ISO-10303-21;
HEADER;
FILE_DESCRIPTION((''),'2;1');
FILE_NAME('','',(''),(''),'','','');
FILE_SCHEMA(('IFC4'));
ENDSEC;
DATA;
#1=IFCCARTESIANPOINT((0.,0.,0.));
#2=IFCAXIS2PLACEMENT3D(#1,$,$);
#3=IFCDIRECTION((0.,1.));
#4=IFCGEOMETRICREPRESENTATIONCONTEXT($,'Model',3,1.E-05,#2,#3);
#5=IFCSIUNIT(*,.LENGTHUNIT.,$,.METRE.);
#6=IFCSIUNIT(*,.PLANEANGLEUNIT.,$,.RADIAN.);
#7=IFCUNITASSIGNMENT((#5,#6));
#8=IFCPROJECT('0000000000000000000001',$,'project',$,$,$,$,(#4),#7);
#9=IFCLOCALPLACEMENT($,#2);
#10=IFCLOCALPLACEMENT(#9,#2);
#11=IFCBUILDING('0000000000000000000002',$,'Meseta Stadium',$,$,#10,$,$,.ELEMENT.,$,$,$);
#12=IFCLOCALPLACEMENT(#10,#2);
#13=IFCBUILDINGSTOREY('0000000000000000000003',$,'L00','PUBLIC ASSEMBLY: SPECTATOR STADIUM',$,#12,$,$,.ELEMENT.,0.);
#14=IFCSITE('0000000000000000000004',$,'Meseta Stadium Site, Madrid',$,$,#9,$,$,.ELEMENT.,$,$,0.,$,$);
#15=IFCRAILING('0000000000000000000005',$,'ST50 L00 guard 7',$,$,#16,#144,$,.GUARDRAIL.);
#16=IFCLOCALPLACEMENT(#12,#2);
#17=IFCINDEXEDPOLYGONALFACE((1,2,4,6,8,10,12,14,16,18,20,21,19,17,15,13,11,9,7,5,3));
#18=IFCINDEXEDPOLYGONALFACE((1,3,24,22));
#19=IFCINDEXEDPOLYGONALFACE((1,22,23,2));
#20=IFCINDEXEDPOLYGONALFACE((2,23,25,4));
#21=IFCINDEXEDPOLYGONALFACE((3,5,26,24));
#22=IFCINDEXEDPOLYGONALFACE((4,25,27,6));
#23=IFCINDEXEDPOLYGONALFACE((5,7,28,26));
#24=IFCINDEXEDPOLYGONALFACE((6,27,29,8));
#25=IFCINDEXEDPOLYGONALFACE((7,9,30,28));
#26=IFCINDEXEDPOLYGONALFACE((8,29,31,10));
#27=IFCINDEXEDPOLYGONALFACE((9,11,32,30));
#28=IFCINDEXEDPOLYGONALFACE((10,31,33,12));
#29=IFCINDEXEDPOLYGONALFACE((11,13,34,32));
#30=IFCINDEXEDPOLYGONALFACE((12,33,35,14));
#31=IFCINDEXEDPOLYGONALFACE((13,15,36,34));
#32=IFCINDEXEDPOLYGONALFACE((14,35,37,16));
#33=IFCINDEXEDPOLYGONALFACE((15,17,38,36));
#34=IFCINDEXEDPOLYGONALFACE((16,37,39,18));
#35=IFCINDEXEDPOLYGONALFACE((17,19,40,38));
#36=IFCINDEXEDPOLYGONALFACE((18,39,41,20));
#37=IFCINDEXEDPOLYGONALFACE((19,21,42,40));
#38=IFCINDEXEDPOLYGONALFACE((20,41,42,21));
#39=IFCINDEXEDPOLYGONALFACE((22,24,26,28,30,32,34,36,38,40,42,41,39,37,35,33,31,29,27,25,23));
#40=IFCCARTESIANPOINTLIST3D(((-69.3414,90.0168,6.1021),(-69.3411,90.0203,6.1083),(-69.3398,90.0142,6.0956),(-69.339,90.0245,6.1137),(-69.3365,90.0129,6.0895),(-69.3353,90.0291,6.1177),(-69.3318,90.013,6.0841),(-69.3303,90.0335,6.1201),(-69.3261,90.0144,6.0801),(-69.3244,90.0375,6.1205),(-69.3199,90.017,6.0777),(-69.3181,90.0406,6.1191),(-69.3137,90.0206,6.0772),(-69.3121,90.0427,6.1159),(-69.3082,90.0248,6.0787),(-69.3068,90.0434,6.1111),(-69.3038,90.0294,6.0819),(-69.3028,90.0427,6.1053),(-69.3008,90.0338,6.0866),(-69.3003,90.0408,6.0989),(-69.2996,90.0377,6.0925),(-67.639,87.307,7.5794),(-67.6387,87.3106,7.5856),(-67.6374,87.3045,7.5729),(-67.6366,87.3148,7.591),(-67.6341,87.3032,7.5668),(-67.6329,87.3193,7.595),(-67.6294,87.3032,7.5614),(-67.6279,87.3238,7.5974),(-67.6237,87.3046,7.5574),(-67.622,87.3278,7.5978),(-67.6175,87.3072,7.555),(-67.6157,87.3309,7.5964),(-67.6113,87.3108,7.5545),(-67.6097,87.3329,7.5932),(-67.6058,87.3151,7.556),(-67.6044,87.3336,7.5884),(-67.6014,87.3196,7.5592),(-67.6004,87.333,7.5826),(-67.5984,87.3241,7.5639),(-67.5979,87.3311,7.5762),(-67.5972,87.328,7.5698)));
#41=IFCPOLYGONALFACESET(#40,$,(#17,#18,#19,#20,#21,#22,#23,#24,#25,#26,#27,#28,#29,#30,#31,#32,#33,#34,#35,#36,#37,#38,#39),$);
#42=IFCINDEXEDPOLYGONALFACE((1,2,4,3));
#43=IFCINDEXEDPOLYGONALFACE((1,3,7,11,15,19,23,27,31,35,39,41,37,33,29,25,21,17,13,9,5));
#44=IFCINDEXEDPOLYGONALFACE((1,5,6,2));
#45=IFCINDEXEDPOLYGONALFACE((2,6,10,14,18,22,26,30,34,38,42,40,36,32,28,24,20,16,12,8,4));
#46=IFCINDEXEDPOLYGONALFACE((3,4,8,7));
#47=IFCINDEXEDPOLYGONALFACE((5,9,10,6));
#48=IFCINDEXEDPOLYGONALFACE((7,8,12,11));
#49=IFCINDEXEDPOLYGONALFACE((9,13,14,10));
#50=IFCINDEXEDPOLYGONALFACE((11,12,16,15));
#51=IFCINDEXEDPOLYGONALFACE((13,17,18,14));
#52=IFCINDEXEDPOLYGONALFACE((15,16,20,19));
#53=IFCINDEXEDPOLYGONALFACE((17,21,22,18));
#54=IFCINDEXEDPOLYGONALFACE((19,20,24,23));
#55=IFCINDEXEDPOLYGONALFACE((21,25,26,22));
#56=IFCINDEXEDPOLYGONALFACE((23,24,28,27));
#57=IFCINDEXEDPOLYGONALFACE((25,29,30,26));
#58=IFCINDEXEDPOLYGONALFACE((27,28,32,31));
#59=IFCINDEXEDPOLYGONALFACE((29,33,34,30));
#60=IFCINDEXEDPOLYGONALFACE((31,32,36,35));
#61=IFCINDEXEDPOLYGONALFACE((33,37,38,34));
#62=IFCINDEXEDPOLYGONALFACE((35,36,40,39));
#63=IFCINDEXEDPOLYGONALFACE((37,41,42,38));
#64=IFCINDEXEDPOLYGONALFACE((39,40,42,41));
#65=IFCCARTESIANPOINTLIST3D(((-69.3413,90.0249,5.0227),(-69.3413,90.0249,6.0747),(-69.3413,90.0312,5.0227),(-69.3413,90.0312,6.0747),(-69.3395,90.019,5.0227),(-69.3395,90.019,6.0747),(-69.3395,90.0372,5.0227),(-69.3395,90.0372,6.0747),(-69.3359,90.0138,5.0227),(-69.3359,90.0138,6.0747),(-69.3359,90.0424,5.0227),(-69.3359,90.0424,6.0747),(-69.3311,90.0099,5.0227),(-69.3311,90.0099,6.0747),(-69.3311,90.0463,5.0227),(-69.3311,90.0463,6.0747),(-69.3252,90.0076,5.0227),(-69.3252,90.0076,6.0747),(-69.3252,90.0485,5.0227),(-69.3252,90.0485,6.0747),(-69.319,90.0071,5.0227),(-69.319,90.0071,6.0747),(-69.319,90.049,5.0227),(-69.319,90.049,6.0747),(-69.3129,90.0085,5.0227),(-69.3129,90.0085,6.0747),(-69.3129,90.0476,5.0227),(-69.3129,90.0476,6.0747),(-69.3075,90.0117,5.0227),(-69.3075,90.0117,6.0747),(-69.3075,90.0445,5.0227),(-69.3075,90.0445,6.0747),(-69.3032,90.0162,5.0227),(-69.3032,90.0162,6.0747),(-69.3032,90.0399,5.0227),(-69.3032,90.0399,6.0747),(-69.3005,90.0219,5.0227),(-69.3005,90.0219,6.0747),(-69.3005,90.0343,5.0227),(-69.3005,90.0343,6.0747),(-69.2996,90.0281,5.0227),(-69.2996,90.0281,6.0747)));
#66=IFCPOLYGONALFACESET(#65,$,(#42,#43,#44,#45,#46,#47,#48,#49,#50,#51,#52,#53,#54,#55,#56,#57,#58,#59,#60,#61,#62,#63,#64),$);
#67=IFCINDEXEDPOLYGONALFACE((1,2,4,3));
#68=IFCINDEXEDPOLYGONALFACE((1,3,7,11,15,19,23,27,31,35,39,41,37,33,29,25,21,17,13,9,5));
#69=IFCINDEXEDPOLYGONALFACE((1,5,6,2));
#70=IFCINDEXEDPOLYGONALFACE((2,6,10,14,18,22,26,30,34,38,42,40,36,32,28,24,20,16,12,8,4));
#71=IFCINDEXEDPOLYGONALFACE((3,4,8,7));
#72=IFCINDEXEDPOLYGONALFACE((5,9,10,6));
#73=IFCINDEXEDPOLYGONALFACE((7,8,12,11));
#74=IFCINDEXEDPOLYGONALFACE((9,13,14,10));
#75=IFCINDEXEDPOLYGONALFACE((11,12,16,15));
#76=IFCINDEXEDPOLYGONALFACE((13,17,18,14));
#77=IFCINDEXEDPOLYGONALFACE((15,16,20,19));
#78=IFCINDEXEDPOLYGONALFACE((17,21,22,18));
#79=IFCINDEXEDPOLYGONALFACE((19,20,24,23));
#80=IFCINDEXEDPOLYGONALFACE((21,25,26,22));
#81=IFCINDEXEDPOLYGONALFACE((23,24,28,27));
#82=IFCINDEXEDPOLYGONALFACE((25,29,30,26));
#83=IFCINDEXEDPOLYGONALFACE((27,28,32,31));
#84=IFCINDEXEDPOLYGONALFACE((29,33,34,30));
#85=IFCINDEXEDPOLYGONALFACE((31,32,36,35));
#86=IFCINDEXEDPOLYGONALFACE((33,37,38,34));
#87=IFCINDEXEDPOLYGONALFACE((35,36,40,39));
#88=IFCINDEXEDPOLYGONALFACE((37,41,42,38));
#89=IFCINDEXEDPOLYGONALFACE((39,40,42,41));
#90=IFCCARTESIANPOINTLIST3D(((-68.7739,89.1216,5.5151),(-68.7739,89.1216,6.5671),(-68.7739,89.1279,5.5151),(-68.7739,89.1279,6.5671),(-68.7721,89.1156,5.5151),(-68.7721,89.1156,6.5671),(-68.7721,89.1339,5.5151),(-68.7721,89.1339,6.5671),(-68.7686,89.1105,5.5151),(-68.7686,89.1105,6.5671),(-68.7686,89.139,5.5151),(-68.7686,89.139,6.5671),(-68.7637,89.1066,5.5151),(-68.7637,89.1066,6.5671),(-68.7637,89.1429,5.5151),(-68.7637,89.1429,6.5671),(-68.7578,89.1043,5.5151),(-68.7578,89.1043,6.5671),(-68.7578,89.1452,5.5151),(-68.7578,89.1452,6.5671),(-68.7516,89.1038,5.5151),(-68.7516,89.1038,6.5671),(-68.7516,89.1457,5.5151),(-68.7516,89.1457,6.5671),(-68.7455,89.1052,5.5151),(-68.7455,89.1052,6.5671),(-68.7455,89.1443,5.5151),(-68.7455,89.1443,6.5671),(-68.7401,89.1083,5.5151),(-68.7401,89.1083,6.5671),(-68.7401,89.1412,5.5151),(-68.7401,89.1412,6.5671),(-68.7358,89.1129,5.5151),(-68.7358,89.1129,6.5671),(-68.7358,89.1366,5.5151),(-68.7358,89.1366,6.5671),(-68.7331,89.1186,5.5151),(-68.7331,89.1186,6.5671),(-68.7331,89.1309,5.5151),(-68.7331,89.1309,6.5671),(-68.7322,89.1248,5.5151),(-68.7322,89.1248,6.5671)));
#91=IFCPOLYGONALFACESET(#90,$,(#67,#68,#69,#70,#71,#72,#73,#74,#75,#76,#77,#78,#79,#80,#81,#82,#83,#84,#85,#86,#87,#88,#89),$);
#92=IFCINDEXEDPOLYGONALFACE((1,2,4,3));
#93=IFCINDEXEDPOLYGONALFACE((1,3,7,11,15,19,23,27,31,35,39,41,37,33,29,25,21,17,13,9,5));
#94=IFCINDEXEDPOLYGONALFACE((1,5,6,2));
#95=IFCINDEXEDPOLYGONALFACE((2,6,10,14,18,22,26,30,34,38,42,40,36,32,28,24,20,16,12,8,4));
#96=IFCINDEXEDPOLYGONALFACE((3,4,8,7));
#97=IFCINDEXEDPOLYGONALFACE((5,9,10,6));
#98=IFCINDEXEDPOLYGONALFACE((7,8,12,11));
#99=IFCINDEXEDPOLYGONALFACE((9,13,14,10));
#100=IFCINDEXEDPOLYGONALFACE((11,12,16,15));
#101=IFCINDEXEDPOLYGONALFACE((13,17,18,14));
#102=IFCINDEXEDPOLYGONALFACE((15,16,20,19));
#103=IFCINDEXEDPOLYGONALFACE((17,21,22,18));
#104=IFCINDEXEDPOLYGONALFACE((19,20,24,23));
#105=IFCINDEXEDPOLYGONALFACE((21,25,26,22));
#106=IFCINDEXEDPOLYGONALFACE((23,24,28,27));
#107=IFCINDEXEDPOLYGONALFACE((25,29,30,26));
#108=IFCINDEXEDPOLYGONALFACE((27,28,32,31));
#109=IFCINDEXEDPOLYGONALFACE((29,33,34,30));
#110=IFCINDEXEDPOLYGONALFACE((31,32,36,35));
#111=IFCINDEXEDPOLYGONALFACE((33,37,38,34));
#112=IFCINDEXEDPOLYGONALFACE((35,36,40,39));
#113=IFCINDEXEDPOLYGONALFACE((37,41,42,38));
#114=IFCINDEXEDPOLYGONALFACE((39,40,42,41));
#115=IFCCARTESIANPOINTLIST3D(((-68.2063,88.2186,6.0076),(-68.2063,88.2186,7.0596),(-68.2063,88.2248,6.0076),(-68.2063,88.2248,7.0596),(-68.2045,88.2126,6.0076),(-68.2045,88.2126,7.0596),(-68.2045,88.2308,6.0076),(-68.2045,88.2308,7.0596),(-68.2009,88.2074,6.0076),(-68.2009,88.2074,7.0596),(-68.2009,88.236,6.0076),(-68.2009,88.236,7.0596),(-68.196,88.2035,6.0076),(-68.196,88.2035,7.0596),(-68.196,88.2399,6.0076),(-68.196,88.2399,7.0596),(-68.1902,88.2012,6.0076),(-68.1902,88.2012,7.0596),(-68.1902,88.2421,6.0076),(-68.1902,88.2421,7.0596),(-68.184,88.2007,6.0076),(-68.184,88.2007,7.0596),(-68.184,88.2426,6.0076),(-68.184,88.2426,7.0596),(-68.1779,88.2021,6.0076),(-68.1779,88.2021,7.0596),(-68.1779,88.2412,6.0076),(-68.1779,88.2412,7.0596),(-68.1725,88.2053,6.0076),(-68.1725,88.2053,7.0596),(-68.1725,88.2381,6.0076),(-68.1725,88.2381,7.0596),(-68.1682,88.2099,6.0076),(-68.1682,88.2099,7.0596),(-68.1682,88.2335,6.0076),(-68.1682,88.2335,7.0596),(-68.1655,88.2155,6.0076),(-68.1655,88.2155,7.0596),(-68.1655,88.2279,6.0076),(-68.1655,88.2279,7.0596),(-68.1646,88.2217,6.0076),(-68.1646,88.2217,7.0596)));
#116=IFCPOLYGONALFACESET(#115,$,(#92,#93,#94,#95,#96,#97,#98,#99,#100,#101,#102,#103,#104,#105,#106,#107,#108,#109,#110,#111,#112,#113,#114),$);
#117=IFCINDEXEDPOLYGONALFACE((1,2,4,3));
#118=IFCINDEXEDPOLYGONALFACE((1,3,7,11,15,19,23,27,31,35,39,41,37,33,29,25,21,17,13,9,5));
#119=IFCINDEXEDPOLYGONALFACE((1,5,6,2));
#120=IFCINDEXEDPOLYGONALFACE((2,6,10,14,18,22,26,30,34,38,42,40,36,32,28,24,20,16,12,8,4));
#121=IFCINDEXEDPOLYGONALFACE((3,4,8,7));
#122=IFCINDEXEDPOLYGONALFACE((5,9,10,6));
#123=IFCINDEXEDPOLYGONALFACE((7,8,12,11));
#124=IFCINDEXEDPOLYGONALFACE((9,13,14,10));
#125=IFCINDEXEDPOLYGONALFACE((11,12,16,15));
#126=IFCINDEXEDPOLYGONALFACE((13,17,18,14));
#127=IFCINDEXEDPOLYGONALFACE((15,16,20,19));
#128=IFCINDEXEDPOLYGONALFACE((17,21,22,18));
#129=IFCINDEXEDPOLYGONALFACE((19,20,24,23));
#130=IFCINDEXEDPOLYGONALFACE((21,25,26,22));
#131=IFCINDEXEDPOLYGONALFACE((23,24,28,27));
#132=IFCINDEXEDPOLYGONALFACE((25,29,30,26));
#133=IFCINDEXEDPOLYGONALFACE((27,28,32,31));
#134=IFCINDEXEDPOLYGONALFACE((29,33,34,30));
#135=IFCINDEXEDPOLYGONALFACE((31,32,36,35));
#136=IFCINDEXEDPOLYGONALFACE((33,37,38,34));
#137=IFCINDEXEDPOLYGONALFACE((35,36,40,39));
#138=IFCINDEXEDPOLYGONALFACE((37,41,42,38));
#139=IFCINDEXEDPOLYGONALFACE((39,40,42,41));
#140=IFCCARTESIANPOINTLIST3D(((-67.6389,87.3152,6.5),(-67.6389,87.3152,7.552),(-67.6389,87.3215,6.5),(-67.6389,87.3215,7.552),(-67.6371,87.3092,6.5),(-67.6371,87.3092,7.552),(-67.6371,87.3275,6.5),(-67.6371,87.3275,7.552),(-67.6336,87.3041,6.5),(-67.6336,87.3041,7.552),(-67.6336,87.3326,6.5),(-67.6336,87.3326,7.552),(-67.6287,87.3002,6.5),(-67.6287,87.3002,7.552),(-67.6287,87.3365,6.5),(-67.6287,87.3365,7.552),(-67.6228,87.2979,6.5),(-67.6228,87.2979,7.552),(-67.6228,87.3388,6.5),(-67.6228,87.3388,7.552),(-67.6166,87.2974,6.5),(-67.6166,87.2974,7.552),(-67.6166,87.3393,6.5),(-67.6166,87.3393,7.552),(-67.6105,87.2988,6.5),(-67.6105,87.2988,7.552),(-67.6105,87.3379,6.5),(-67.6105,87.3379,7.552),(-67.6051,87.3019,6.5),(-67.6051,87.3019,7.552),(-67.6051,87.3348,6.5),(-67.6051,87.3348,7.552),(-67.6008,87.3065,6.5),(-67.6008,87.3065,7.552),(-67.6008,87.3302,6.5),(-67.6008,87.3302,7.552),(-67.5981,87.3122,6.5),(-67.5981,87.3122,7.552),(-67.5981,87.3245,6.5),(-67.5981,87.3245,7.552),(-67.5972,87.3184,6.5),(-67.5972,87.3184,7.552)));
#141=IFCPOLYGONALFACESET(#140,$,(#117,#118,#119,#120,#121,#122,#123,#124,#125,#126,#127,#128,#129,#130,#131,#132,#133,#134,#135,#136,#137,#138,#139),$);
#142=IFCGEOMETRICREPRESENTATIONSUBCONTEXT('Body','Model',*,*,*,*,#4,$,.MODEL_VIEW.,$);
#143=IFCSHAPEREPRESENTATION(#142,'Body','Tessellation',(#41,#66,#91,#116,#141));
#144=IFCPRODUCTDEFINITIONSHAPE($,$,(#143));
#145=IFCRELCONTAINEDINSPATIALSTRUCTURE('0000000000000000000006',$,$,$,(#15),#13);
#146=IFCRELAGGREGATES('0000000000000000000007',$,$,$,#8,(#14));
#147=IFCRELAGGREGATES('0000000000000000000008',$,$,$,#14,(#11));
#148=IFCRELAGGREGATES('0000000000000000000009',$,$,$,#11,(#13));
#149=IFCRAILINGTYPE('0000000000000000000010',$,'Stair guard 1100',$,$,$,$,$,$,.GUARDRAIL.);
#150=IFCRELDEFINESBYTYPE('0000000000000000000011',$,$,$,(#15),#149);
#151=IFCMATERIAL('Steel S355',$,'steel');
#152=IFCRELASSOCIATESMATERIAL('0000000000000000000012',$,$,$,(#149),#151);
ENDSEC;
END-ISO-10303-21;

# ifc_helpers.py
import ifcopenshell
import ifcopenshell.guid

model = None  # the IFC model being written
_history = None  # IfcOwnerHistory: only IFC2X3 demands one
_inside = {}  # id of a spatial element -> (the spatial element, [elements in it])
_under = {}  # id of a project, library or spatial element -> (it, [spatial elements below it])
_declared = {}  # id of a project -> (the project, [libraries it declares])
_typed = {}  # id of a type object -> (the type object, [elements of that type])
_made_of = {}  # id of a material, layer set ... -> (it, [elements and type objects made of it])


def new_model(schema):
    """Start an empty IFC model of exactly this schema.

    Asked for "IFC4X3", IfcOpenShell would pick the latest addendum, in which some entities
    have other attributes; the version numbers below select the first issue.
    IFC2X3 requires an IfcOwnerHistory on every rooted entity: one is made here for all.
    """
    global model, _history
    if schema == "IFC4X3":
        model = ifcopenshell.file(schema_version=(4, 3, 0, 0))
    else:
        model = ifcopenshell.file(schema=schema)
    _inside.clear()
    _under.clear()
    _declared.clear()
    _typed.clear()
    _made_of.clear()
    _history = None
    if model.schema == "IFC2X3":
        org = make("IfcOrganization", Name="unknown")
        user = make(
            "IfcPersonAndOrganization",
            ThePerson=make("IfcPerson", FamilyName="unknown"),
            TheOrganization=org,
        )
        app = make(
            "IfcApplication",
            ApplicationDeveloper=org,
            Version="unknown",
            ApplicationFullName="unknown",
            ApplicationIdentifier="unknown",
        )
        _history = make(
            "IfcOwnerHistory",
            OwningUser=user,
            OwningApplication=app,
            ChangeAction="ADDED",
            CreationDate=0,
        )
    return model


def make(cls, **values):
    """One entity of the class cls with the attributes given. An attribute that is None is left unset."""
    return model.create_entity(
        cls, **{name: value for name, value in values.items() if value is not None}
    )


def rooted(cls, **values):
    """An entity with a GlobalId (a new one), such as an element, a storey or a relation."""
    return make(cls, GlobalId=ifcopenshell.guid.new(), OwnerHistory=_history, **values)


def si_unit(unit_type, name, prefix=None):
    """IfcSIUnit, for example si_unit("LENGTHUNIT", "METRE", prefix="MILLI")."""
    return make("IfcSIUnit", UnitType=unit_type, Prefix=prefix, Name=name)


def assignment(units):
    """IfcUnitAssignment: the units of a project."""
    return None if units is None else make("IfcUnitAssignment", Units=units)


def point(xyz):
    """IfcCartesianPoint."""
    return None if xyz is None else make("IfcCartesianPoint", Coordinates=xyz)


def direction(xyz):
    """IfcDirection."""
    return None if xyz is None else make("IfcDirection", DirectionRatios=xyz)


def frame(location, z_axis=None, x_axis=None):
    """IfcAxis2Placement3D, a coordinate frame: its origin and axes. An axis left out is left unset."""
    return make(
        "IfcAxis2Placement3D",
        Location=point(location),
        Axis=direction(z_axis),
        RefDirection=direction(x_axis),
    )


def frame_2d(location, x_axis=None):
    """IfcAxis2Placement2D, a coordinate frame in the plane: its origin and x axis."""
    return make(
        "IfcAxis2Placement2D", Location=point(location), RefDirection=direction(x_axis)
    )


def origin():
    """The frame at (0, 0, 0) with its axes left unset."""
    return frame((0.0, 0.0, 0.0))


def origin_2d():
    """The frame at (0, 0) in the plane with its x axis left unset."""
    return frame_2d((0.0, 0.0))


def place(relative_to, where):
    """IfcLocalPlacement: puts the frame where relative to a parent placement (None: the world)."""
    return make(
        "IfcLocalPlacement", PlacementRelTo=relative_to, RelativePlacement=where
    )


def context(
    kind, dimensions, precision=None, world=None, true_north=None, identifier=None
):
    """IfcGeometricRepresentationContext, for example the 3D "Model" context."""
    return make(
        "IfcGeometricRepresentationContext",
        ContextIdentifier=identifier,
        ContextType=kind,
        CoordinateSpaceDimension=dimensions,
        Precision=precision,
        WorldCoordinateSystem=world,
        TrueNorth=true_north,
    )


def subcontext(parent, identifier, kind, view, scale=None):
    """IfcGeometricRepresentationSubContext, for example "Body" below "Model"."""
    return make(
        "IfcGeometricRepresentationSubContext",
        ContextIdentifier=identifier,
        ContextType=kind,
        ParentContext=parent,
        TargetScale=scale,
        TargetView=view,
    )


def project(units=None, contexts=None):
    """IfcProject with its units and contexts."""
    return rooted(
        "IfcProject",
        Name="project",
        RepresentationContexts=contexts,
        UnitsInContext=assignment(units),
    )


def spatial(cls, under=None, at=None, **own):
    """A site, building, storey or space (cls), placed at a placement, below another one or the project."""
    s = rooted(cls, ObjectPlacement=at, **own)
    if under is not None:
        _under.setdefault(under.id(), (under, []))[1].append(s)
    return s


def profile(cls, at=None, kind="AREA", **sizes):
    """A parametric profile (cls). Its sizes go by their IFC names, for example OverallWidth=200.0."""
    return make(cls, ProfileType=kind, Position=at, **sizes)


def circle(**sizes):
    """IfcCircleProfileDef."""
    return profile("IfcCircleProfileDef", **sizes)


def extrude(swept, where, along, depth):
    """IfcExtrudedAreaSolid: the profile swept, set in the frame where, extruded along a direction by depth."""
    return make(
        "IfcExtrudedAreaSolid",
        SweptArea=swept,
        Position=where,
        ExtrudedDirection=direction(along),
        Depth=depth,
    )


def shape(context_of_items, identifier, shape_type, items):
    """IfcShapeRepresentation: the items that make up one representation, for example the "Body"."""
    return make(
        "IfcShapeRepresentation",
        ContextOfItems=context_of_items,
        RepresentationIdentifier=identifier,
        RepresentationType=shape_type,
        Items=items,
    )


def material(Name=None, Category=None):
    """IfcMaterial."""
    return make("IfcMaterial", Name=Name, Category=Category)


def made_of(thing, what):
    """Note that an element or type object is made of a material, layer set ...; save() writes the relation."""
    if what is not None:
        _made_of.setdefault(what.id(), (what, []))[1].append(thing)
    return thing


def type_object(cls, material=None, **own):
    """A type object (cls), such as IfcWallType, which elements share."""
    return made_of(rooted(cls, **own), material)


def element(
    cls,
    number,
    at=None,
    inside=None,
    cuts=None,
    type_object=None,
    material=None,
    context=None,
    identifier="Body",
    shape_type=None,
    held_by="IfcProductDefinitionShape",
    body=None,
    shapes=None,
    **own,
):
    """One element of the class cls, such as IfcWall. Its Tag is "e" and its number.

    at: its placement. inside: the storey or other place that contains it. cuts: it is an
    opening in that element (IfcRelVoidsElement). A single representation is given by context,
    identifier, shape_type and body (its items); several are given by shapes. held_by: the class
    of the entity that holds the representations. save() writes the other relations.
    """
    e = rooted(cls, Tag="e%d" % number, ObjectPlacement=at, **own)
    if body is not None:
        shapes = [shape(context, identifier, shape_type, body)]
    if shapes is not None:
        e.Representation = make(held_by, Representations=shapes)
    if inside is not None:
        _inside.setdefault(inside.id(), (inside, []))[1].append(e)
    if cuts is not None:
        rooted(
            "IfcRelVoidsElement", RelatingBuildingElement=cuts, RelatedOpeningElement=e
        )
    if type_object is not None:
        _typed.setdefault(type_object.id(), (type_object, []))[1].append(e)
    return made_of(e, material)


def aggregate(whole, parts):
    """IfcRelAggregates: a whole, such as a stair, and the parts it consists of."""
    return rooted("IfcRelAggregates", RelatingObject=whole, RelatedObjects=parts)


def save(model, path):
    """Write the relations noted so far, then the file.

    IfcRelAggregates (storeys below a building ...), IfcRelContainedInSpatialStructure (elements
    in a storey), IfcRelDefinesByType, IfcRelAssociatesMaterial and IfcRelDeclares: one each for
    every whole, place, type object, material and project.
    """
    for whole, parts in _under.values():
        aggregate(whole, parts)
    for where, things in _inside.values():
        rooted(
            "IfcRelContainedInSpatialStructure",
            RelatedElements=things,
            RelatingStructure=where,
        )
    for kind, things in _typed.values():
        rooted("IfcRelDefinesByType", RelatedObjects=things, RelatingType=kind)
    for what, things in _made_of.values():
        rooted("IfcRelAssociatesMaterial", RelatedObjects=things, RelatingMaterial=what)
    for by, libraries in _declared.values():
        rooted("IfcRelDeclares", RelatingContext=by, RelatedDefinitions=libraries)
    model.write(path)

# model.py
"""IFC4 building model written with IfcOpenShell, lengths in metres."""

from ifc_helpers import new_model, si_unit, direction, frame, origin, origin_2d, place, context, subcontext, project, spatial, circle, extrude, material, type_object, element, save


model = new_model("IFC4")

# Units and contexts
model_context = context("Model", 3, precision=1e-05, world=origin(), true_north=direction((0.0, 1.0)))
body_context = subcontext(model_context, "Body", "Model", "MODEL_VIEW")
ifc_project = project(units=[si_unit("LENGTHUNIT", "METRE"), si_unit("PLANEANGLEUNIT", "RADIAN")], contexts=[model_context])

# Site, building, storey
site_placement = place(None, origin())
site = spatial("IfcSite", under=ifc_project, at=site_placement, Name="Meseta Stadium Site, Madrid", CompositionType="ELEMENT", RefElevation=0.0)
building_placement = place(site_placement, origin())
building = spatial("IfcBuilding", under=site, at=building_placement, Name="Meseta Stadium", CompositionType="ELEMENT")
storey_placement = place(building_placement, origin())
storey = spatial("IfcBuildingStorey", under=building, at=storey_placement, Name="L00", Description="PUBLIC ASSEMBLY: SPECTATOR STADIUM", CompositionType="ELEMENT", Elevation=0.0)

# Railing
ifc_material_1 = material(Name="Steel S355", Category="steel")
railing_type_1 = type_object("IfcRailingType", Name="Stair guard 1100", PredefinedType="GUARDRAIL", material=ifc_material_1)
railing_1_placement = place(storey_placement, frame((-69.3206, 90.0281, 5.0227)))
element("IfcRailing", 1, at=railing_1_placement, inside=storey, type_object=railing_type_1, Name="ST50 L00 guard 7", PredefinedType="GUARDRAIL", context=body_context, shape_type="SweptSolid", body=[
    extrude(circle(Radius=0.0239, at=origin_2d()), frame((0.0, 0.0, 1.0762), z_axis=(0.482997, -0.768792, 0.419133), x_axis=(0.846757, 0.531979, 0.0)), (0.0, 0.0, 1.0), 3.5247),
    extrude(circle(Radius=0.021, at=origin_2d()), origin(), (0.0, 0.0, 1.0), 1.052),
    extrude(circle(Radius=0.021, at=origin_2d()), frame((0.5674, -0.9033, 0.4924)), (0.0, 0.0, 1.0), 1.052),
    extrude(circle(Radius=0.021, at=origin_2d()), frame((1.135, -1.8064, 0.9849)), (0.0, 0.0, 1.0), 1.052),
    extrude(circle(Radius=0.021, at=origin_2d()), frame((1.7024, -2.7097, 1.4773)), (0.0, 0.0, 1.0), 1.052),
])

save(model, "model.ifc")
